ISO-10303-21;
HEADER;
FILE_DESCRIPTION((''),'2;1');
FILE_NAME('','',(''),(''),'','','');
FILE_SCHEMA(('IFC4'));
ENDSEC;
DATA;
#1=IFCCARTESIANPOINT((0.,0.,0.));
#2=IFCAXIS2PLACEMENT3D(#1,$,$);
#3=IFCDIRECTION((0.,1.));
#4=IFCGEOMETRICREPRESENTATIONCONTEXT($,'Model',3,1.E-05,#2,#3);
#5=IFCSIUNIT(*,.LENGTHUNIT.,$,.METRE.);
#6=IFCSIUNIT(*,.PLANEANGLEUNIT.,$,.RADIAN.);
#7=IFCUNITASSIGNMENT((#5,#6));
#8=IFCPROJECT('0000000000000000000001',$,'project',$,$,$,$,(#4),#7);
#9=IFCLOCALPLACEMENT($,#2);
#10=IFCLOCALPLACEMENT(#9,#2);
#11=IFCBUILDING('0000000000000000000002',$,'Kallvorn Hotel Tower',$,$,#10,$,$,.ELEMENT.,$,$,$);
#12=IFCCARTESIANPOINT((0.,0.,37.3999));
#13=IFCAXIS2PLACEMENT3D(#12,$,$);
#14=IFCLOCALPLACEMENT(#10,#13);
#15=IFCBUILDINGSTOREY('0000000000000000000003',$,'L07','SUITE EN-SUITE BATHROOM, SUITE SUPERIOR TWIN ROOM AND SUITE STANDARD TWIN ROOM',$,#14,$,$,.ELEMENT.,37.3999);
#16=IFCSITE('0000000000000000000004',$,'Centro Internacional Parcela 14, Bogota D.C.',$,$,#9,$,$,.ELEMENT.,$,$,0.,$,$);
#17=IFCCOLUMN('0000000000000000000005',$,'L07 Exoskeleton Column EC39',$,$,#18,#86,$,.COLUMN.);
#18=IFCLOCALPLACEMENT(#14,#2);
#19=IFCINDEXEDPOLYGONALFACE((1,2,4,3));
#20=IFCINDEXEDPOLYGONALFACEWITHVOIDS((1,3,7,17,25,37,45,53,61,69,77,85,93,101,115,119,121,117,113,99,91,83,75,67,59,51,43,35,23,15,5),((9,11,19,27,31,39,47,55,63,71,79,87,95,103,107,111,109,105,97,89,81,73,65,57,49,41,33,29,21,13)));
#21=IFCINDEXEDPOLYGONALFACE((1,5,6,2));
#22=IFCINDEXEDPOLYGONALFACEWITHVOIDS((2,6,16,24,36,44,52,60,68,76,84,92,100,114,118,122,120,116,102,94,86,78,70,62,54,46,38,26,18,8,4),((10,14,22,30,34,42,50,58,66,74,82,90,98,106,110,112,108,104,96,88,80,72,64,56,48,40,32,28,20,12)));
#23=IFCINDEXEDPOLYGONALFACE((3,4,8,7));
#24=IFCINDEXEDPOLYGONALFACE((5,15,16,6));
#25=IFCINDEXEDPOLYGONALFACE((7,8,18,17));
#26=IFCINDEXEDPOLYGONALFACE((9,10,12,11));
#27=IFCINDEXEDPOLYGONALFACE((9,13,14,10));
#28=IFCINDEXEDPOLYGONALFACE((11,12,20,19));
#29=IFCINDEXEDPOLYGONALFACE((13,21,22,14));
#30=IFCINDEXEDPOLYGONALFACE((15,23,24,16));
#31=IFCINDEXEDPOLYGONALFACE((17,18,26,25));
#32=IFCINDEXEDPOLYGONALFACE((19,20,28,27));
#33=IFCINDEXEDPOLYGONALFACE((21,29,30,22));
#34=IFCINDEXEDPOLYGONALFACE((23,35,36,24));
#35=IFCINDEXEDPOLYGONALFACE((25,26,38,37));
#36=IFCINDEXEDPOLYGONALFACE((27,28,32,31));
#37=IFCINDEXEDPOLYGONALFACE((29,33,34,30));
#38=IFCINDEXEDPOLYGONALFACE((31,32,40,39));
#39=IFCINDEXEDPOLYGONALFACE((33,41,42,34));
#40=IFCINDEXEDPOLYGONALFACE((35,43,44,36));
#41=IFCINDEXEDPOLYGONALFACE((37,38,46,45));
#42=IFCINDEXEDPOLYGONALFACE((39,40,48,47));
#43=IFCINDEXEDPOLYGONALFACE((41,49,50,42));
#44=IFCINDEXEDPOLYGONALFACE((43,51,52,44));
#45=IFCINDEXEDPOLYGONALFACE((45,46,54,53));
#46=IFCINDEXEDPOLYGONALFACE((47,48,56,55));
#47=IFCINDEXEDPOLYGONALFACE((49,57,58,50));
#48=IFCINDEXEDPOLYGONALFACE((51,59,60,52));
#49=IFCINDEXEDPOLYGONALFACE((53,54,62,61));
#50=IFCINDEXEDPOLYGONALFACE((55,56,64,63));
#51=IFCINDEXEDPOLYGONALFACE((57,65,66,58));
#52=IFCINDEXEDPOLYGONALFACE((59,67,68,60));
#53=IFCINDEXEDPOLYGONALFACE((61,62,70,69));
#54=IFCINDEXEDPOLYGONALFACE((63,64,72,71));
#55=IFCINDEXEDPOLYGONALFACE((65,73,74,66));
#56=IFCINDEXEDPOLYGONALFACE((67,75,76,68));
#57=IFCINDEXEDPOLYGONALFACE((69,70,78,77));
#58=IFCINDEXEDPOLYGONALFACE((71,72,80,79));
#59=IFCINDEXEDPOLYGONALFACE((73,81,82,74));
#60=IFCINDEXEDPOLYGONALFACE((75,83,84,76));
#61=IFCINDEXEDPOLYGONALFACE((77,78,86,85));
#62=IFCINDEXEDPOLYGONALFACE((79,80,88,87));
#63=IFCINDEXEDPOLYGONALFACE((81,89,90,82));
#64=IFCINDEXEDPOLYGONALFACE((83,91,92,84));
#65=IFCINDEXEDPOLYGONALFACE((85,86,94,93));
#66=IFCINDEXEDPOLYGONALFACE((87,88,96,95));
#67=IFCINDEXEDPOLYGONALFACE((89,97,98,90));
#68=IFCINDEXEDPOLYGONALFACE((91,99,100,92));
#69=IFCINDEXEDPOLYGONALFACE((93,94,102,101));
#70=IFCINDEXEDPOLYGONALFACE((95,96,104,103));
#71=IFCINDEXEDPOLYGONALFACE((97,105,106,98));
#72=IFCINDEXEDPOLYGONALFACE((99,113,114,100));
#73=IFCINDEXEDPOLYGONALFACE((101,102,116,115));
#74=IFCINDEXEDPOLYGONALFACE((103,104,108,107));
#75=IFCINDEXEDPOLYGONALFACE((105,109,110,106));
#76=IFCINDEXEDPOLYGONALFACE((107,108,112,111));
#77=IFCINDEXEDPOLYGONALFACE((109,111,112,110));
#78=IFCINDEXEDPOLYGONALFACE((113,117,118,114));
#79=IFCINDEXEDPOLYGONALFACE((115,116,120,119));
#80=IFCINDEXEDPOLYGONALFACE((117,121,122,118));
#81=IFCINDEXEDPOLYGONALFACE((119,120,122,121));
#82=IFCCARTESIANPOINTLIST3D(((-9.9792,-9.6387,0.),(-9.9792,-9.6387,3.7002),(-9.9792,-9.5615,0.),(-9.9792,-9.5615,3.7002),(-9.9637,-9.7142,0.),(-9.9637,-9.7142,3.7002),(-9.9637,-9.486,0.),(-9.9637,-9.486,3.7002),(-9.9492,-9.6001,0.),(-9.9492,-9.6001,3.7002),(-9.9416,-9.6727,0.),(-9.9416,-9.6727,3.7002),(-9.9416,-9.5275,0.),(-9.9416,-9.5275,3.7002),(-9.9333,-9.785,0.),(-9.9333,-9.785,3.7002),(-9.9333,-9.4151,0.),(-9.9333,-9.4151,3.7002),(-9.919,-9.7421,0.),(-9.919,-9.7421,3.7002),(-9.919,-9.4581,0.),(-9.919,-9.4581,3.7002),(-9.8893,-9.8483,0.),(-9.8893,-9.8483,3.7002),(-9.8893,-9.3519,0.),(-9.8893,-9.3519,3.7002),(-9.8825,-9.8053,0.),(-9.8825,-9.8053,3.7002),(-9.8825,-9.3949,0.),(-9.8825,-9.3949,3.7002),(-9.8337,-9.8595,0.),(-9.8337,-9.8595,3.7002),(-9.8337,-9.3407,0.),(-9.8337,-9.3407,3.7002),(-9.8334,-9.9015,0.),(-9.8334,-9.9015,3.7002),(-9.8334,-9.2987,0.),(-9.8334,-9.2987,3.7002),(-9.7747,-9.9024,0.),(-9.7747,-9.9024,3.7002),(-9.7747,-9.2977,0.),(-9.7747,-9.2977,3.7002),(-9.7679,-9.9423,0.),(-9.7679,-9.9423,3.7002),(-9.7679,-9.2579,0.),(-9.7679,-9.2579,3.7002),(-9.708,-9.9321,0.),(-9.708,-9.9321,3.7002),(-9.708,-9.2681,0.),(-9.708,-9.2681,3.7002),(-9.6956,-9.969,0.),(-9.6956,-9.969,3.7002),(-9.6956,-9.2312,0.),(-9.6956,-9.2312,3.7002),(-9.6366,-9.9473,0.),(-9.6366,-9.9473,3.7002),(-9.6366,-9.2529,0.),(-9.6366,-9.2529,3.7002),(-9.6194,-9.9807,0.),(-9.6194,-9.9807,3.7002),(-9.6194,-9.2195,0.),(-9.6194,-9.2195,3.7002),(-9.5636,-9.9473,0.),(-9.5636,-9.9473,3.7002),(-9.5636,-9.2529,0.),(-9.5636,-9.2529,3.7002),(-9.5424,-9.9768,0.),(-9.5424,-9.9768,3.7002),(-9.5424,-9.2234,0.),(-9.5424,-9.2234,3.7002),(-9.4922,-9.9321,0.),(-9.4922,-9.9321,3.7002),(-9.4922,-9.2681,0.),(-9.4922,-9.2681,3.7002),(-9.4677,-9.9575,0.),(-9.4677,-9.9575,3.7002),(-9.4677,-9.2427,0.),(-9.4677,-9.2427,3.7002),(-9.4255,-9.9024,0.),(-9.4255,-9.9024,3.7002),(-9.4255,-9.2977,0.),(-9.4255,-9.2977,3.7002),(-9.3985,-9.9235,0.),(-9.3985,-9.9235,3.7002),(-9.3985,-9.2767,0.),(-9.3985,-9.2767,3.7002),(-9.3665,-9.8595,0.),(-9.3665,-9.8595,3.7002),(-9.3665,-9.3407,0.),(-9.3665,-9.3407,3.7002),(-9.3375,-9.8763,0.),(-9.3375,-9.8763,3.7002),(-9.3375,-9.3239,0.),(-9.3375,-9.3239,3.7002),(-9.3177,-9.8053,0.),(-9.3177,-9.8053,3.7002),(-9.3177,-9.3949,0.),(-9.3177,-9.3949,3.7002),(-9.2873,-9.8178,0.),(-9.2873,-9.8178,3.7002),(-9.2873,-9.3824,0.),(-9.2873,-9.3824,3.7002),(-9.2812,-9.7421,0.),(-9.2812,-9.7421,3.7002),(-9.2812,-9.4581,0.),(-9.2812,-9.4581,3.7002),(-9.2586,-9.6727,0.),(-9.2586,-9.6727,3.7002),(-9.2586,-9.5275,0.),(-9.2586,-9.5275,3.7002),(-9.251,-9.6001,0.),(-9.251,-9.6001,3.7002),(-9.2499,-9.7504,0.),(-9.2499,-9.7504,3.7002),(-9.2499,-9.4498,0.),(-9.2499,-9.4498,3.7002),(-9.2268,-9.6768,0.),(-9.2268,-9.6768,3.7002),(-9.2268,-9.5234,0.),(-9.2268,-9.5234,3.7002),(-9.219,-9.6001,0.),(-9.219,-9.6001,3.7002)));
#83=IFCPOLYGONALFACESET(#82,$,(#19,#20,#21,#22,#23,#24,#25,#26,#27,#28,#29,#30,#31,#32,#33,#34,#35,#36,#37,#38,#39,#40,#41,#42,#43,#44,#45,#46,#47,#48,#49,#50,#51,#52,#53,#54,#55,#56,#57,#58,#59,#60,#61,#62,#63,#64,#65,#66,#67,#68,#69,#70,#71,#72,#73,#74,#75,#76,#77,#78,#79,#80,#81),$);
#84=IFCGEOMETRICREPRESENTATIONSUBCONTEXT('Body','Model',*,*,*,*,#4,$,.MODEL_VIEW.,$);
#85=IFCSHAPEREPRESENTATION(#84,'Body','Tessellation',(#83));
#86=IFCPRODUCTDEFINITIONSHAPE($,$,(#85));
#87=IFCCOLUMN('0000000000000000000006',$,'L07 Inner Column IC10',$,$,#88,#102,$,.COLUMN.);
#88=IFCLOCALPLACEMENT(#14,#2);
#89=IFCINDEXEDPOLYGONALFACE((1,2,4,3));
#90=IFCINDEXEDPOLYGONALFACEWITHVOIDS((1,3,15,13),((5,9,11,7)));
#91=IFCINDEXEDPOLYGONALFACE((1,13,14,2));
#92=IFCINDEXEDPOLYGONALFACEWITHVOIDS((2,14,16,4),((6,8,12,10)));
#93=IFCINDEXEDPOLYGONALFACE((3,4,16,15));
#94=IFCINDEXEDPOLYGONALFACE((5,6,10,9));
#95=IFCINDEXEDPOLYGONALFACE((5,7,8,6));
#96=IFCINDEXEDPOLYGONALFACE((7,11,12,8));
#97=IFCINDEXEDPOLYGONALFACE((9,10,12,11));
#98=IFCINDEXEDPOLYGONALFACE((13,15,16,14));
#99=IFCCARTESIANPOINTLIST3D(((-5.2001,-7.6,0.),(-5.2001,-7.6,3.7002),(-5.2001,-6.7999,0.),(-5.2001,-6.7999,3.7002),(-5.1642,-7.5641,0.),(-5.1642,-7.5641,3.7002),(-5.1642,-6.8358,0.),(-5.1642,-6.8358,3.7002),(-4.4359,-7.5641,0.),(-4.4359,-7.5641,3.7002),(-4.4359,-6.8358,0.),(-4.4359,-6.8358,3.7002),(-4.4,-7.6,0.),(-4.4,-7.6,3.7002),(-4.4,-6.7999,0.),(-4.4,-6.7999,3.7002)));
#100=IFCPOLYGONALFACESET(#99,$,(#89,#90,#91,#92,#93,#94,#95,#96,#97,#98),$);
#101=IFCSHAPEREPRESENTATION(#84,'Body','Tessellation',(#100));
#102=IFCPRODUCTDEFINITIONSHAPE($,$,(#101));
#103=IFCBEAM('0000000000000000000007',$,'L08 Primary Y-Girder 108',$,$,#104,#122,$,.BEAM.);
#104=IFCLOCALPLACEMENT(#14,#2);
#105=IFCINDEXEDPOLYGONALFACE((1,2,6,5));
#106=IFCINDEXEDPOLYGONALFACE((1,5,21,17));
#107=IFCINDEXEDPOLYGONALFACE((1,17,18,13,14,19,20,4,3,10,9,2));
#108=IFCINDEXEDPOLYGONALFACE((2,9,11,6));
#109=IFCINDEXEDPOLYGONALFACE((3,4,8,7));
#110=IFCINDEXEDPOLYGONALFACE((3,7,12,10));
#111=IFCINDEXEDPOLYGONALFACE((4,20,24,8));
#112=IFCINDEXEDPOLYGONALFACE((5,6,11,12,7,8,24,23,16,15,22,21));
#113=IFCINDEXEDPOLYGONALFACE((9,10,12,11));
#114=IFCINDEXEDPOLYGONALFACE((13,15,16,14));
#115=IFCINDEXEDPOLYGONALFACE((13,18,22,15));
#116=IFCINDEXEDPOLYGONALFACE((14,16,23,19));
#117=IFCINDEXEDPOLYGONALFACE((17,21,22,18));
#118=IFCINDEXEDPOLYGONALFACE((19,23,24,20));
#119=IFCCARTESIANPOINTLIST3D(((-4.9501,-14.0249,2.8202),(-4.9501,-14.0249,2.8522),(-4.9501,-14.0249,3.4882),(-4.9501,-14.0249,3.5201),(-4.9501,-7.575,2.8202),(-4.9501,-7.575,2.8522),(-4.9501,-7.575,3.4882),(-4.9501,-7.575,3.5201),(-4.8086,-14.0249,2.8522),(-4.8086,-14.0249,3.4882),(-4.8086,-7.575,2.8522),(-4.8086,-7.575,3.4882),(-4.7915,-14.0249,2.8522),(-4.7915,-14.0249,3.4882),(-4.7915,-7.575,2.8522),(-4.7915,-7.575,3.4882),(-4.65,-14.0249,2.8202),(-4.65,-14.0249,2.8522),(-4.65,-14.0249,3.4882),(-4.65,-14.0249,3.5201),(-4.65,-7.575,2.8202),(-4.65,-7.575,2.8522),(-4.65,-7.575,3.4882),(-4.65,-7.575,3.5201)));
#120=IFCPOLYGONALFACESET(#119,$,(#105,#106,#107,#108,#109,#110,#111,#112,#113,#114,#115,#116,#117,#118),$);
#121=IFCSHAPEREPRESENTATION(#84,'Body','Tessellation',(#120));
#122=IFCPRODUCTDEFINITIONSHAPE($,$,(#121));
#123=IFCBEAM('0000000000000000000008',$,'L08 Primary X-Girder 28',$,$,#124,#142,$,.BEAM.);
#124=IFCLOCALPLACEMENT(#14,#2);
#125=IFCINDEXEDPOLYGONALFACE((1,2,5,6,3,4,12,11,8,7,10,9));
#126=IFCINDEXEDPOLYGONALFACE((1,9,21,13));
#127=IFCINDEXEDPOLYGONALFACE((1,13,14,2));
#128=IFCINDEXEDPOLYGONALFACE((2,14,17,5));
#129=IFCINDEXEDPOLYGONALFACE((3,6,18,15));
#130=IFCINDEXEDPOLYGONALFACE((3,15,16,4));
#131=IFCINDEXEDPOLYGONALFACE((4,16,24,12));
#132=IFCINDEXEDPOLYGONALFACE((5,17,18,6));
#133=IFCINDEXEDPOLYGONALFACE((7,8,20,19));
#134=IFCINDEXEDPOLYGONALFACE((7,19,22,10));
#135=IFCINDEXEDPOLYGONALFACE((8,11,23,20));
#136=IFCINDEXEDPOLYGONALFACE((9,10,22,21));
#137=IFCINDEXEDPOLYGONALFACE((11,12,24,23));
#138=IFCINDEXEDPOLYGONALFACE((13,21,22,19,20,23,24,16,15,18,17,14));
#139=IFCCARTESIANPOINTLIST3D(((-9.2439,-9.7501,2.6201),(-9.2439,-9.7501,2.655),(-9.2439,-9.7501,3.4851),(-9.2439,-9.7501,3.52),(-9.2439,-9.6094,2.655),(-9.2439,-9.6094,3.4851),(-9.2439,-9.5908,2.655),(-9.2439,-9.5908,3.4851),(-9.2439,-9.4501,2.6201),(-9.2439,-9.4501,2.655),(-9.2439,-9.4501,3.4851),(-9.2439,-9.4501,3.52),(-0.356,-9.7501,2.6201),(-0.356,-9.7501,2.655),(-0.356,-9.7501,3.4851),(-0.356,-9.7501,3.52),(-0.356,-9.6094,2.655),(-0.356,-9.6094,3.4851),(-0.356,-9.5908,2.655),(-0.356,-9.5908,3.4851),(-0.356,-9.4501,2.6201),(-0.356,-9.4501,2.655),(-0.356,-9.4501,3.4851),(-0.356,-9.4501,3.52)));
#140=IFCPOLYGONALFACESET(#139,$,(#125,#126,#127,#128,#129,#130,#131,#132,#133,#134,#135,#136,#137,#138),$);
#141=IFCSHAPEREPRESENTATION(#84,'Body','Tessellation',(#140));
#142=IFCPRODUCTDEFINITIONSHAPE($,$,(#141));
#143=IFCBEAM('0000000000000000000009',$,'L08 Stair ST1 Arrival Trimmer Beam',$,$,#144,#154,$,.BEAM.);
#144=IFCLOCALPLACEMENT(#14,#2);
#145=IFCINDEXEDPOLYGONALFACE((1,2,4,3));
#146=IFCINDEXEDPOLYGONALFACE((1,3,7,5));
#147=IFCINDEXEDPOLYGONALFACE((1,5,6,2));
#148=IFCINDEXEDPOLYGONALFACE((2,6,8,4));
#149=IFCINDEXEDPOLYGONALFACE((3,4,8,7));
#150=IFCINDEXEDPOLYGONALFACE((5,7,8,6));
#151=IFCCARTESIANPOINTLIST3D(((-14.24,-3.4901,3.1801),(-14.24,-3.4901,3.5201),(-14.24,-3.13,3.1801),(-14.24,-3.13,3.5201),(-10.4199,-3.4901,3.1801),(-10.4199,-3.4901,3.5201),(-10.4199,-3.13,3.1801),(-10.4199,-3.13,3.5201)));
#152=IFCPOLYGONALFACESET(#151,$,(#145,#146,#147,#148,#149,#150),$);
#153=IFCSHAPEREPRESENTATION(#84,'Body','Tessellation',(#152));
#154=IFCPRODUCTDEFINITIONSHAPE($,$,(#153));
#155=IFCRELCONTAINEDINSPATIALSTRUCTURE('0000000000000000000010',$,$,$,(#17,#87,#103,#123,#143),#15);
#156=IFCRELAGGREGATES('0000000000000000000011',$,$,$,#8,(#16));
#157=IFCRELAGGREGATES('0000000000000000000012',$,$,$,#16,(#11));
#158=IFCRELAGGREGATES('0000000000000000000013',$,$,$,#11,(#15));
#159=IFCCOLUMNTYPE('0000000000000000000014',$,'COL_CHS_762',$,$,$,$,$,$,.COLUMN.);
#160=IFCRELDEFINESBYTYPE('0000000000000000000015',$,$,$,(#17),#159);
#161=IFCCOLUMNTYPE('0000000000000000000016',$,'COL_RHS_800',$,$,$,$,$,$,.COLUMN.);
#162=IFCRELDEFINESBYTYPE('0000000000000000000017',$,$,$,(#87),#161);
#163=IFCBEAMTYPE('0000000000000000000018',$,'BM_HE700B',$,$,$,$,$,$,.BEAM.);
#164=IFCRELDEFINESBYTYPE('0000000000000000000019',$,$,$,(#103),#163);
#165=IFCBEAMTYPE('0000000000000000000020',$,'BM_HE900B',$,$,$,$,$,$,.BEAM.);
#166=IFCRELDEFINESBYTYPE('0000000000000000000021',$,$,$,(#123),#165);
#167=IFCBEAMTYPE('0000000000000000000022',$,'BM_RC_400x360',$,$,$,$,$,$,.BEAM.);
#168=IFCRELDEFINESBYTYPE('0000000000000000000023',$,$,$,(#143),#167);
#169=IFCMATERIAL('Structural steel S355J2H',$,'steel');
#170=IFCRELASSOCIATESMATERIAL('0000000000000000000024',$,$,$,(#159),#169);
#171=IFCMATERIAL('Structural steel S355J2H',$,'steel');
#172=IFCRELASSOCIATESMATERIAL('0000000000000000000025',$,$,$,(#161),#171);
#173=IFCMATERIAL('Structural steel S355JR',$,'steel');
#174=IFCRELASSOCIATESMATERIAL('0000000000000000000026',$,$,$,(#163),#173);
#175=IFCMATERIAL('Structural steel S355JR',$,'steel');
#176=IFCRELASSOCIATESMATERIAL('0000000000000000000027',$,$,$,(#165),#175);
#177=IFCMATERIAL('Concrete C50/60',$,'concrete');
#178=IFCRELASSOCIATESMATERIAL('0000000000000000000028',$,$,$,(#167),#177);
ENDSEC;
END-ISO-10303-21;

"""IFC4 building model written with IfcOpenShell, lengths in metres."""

from ifc_helpers import new_model, si_unit, direction, frame, origin, origin_2d, place, context, subcontext, project, spatial, rectangle, hollow_rectangle, hollow_circle, i_section, extrude, material, material_profile, profile_set, type_object, element, save


model = new_model("IFC4")

# Units and contexts
model_context = context("Model", 3, precision=1e-05, world=origin(), true_north=direction((0.0, 1.0)))
body_context = subcontext(model_context, "Body", "Model", "MODEL_VIEW")
ifc_project = project(units=[si_unit("LENGTHUNIT", "METRE"), si_unit("PLANEANGLEUNIT", "RADIAN")], contexts=[model_context])

# Site, building, storey
site_placement = place(None, origin())
site = spatial("IfcSite", under=ifc_project, at=site_placement, Name="Centro Internacional Parcela 14, Bogota D.C.", CompositionType="ELEMENT", RefElevation=0.0)
building_placement = place(site_placement, origin())
building = spatial("IfcBuilding", under=site, at=building_placement, Name="Kallvorn Hotel Tower", CompositionType="ELEMENT")
storey_placement = place(building_placement, frame((0.0, 0.0, 37.3999)))
storey = spatial("IfcBuildingStorey", under=building, at=storey_placement, Name="L07", Description="SUITE EN-SUITE BATHROOM, SUITE SUPERIOR TWIN ROOM AND SUITE STANDARD TWIN ROOM", CompositionType="ELEMENT", Elevation=37.3999)

# Columns
ifc_material_1 = material(Name="Structural steel S355J2H", Category="steel")
ifc_material_profile_1 = material_profile(ifc_material_1, hollow_circle(Radius=0.3811, WallThickness=0.032, at=origin_2d()), Name="CHS 762x32")
ifc_profile_set_1 = profile_set([ifc_material_profile_1], Name="Structural steel S355J2H")
column_type_1 = type_object("IfcColumnType", Name="COL_CHS_762", PredefinedType="COLUMN", material=ifc_profile_set_1)
column_1_placement = place(storey_placement, frame((-9.6001, -9.6001, 0.0), z_axis=(0.0, 0.0, 1.0), x_axis=(1.0, 0.0, 0.0)))
element("IfcColumn", 1, at=column_1_placement, inside=storey, type_object=column_type_1, Name="L07 Exoskeleton Column EC39", PredefinedType="COLUMN", context=body_context, shape_type="SweptSolid", body=[
    extrude(hollow_circle(Radius=0.3811, WallThickness=0.032, at=origin_2d()), origin(), (0.0, 0.0, 1.0), 3.7002),
])
ifc_material_2 = material(Name="Structural steel S355J2H", Category="steel")
ifc_material_profile_2 = material_profile(ifc_material_2, hollow_rectangle(XDim=0.8, YDim=0.8, WallThickness=0.0359, at=origin_2d()), Name="RHS 800x800x36")
ifc_profile_set_2 = profile_set([ifc_material_profile_2], Name="Structural steel S355J2H")
column_type_2 = type_object("IfcColumnType", Name="COL_RHS_800", PredefinedType="COLUMN", material=ifc_profile_set_2)
column_2_placement = place(storey_placement, frame((-4.8, -7.2, 0.0), z_axis=(0.0, 0.0, 1.0), x_axis=(1.0, 0.0, 0.0)))
element("IfcColumn", 2, at=column_2_placement, inside=storey, type_object=column_type_2, Name="L07 Inner Column IC10", PredefinedType="COLUMN", context=body_context, shape_type="SweptSolid", body=[
    extrude(hollow_rectangle(XDim=0.8, YDim=0.8, WallThickness=0.0359, at=origin_2d()), origin(), (0.0, 0.0, 1.0), 3.7002),
])

# Beams
ifc_material_3 = material(Name="Structural steel S355JR", Category="steel")
ifc_material_profile_3 = material_profile(ifc_material_3, i_section(OverallWidth=0.3, OverallDepth=0.7, WebThickness=0.0171, FlangeThickness=0.032, at=origin_2d()), Name="HE 700 B")
ifc_profile_set_3 = profile_set([ifc_material_profile_3], Name="Structural steel S355JR")
beam_type_1 = type_object("IfcBeamType", Name="BM_HE700B", PredefinedType="BEAM", material=ifc_profile_set_3)
beam_1_placement = place(storey_placement, frame((-4.8, -14.0249, 3.1702), z_axis=(0.0, 1.0, 0.0), x_axis=(-1.0, 0.0, 0.0)))
element("IfcBeam", 3, at=beam_1_placement, inside=storey, type_object=beam_type_1, Name="L08 Primary Y-Girder 108", PredefinedType="BEAM", context=body_context, shape_type="SweptSolid", body=[
    extrude(i_section(OverallWidth=0.3, OverallDepth=0.7, WebThickness=0.0171, FlangeThickness=0.032, at=origin_2d()), origin(), (0.0, 0.0, 1.0), 6.45),
])
ifc_material_4 = material(Name="Structural steel S355JR", Category="steel")
ifc_material_profile_4 = material_profile(ifc_material_4, i_section(OverallWidth=0.3, OverallDepth=0.8999, WebThickness=0.0186, FlangeThickness=0.0349, at=origin_2d()), Name="HE 900 B")
ifc_profile_set_4 = profile_set([ifc_material_profile_4], Name="Structural steel S355JR")
beam_type_2 = type_object("IfcBeamType", Name="BM_HE900B", PredefinedType="BEAM", material=ifc_profile_set_4)
beam_2_placement = place(storey_placement, frame((-9.2439, -9.6001, 3.0701), z_axis=(1.0, 0.0, 0.0), x_axis=(0.0, 1.0, 0.0)))
element("IfcBeam", 4, at=beam_2_placement, inside=storey, type_object=beam_type_2, Name="L08 Primary X-Girder 28", PredefinedType="BEAM", context=body_context, shape_type="SweptSolid", body=[
    extrude(i_section(OverallWidth=0.3, OverallDepth=0.8999, WebThickness=0.0186, FlangeThickness=0.0349, at=origin_2d()), origin(), (0.0, 0.0, 1.0), 8.8879),
])
ifc_material_5 = material(Name="Concrete C50/60", Category="concrete")
ifc_material_profile_5 = material_profile(ifc_material_5, rectangle(XDim=0.3601, YDim=0.3401, at=origin_2d()), Name="RC 360x340")
ifc_profile_set_5 = profile_set([ifc_material_profile_5], Name="Concrete C50/60")
beam_type_3 = type_object("IfcBeamType", Name="BM_RC_400x360", PredefinedType="BEAM", material=ifc_profile_set_5)
beam_3_placement = place(storey_placement, frame((-10.4199, -3.3101, 3.3501), z_axis=(-1.0, 0.0, 0.0), x_axis=(0.0, -1.0, 0.0)))
element("IfcBeam", 5, at=beam_3_placement, inside=storey, type_object=beam_type_3, Name="L08 Stair ST1 Arrival Trimmer Beam", PredefinedType="BEAM", context=body_context, shape_type="SweptSolid", body=[
    extrude(rectangle(XDim=0.3601, YDim=0.3401, at=origin_2d()), origin(), (0.0, 0.0, 1.0), 3.8201),
])

save(model, "model.ifc")
